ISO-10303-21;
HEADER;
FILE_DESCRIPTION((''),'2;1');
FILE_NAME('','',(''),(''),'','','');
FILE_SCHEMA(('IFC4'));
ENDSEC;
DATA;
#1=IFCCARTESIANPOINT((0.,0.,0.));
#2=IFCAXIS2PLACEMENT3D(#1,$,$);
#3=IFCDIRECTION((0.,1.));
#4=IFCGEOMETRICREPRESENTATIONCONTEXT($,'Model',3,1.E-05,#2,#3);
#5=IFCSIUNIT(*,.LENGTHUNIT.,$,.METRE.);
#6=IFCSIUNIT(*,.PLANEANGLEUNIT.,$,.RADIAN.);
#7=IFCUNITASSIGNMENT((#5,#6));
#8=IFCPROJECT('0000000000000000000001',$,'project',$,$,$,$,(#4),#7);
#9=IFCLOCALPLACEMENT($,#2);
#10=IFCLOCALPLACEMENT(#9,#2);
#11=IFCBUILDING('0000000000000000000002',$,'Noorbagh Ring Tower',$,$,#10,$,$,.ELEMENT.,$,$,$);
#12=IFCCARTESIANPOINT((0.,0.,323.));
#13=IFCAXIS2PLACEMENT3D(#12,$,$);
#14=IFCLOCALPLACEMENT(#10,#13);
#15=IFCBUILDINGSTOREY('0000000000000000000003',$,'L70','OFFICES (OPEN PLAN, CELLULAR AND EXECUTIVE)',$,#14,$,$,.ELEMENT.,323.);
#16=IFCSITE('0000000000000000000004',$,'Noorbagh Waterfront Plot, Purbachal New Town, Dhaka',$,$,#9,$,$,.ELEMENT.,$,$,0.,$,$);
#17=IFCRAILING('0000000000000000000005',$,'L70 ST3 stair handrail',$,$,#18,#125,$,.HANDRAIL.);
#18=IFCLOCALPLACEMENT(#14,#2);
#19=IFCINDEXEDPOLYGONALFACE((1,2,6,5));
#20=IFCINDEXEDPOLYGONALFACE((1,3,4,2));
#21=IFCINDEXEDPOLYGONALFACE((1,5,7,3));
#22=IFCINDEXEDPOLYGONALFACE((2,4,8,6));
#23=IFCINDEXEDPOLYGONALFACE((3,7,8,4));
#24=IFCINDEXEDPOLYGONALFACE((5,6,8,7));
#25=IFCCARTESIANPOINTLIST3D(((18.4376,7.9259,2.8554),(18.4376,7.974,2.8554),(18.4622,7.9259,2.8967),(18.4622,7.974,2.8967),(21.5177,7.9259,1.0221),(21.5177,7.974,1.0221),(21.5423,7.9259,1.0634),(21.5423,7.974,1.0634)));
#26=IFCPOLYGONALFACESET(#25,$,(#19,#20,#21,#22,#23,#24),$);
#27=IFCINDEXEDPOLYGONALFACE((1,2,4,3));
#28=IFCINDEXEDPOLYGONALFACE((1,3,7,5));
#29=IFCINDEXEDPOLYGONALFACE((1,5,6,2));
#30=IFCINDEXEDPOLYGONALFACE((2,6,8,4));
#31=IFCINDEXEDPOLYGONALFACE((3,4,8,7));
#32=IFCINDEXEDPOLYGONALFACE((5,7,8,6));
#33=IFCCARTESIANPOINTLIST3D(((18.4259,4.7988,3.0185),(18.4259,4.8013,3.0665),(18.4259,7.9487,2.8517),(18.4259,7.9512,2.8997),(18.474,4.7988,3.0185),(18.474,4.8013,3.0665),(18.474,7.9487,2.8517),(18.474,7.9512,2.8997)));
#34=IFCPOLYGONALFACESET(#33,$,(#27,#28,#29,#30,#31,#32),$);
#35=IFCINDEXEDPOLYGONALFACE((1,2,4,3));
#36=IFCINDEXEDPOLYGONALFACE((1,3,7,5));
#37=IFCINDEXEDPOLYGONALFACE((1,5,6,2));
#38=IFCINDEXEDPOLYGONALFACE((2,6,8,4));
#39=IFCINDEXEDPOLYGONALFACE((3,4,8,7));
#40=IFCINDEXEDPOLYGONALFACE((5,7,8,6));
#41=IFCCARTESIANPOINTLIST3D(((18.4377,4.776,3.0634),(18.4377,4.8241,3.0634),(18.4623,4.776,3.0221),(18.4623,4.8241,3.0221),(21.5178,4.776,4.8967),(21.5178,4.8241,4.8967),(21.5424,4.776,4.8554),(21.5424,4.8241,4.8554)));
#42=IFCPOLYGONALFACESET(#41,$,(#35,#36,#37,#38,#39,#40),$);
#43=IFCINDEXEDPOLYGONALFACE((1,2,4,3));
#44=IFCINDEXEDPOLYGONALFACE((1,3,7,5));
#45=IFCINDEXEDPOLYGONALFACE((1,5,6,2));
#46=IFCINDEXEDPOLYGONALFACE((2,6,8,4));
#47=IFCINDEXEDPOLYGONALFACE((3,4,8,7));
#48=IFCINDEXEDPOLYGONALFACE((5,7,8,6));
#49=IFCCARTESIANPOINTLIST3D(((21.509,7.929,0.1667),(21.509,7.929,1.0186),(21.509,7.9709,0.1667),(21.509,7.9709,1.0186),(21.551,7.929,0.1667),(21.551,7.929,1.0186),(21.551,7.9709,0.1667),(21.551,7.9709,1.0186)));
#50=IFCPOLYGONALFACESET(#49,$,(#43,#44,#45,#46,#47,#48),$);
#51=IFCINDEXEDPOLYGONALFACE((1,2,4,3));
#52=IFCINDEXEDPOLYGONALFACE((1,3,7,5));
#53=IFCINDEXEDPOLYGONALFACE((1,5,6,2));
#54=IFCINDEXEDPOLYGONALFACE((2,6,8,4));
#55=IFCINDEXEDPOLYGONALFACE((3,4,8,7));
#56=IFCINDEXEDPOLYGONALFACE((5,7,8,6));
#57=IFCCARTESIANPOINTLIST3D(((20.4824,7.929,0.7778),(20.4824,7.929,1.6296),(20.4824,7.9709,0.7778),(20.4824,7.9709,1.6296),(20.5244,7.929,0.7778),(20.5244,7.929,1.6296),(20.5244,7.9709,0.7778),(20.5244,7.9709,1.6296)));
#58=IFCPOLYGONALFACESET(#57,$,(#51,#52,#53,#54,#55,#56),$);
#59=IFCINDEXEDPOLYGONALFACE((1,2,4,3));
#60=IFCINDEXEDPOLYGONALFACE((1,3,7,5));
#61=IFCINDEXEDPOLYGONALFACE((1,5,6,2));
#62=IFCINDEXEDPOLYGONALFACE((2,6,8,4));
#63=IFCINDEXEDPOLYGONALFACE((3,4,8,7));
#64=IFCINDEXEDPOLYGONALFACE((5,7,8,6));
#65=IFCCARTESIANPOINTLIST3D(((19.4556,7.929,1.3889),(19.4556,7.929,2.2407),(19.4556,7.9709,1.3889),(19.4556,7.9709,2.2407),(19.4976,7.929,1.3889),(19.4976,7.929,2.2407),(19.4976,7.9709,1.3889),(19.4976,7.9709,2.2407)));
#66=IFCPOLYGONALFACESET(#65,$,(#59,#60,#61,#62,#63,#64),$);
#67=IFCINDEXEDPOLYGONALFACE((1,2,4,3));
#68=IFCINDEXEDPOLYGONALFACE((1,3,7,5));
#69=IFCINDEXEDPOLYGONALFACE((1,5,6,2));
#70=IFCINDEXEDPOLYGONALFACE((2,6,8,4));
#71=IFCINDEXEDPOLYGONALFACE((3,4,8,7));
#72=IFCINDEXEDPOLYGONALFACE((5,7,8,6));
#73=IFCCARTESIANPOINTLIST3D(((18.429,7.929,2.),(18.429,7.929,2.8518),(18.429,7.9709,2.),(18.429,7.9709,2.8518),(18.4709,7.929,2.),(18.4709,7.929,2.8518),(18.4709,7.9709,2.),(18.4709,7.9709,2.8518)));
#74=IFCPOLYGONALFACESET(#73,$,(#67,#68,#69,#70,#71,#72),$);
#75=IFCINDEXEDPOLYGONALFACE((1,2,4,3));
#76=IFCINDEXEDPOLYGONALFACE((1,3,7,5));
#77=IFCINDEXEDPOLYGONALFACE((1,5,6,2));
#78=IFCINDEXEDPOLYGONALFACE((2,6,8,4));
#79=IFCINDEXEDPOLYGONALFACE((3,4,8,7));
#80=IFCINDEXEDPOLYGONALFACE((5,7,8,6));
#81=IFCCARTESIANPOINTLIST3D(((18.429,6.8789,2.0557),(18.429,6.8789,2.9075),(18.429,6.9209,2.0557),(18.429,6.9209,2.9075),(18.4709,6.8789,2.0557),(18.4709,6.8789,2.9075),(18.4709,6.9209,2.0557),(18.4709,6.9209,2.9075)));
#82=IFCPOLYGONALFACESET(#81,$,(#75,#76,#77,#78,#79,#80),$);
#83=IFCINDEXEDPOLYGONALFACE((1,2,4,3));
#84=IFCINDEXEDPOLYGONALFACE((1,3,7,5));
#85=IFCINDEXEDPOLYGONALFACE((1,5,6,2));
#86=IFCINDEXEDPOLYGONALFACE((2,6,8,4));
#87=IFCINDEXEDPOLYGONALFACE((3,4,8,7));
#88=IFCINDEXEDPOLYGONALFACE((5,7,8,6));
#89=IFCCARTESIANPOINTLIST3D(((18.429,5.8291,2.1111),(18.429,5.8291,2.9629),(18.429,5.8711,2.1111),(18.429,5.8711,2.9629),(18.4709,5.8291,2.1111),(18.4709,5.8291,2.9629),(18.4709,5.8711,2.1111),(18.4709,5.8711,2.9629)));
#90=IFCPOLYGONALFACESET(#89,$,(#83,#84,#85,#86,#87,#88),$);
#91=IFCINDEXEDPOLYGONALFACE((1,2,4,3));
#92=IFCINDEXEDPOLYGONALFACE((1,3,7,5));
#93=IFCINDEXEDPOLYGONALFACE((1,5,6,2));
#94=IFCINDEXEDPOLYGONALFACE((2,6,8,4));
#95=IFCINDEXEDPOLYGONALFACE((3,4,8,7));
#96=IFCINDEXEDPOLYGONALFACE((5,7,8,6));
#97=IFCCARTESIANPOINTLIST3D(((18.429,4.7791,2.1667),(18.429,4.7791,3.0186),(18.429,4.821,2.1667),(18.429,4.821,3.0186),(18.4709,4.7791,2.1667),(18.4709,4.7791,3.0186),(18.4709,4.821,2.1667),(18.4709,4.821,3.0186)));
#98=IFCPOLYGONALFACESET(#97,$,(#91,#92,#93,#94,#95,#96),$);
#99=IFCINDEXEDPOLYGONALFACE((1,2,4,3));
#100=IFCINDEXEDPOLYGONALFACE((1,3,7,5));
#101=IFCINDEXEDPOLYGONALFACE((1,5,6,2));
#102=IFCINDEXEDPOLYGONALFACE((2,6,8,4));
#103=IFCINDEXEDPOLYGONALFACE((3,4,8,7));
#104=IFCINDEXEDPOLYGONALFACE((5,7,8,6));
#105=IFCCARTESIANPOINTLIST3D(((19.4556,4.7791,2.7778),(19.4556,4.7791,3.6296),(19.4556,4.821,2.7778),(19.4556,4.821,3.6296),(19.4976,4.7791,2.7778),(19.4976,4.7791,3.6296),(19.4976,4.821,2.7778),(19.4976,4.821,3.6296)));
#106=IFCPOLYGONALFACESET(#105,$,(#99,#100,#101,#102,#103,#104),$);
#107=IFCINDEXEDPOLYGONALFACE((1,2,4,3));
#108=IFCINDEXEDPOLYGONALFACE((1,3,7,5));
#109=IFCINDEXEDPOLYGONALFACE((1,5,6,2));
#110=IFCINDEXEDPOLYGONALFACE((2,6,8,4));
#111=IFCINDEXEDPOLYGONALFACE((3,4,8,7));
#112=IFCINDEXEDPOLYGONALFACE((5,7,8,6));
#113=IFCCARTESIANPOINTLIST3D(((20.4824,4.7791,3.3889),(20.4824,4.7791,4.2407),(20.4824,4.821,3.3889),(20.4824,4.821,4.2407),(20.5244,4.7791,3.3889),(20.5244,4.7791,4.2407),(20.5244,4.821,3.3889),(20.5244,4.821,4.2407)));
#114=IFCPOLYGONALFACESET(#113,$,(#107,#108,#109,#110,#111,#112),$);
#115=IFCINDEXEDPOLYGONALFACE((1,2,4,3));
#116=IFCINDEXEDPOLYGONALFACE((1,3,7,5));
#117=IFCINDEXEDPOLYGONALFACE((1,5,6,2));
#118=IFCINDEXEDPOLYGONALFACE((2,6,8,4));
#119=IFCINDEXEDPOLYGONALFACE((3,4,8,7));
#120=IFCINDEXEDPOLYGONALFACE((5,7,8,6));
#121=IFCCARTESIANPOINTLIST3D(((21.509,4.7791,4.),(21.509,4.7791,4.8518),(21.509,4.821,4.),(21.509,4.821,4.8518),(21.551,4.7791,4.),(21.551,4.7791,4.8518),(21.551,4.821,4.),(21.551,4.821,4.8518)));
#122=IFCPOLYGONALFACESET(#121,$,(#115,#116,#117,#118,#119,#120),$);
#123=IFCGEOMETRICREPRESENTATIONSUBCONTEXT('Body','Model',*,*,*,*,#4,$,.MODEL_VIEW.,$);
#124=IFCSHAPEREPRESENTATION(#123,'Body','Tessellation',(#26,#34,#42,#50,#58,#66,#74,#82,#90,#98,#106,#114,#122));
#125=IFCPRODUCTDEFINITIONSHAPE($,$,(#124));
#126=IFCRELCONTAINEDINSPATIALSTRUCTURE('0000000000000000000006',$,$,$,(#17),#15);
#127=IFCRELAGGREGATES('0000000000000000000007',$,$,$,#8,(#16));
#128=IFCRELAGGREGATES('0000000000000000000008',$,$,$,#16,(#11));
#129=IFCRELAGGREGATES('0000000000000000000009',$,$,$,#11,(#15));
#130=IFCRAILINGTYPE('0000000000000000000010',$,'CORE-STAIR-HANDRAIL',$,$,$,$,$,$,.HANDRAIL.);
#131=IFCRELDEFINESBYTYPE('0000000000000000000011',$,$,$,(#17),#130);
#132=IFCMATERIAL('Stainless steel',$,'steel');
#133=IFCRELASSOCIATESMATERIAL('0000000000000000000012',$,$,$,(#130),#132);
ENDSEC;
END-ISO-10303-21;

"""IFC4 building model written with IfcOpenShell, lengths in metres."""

from ifc_helpers import new_model, si_unit, direction, frame, origin, origin_2d, place, context, subcontext, project, spatial, rectangle, extrude, material, type_object, element, save


model = new_model("IFC4")

# Units and contexts
model_context = context("Model", 3, precision=1e-05, world=origin(), true_north=direction((0.0, 1.0)))
body_context = subcontext(model_context, "Body", "Model", "MODEL_VIEW")
ifc_project = project(units=[si_unit("LENGTHUNIT", "METRE"), si_unit("PLANEANGLEUNIT", "RADIAN")], contexts=[model_context])

# Site, building, storey
site_placement = place(None, origin())
site = spatial("IfcSite", under=ifc_project, at=site_placement, Name="Noorbagh Waterfront Plot, Purbachal New Town, Dhaka", CompositionType="ELEMENT", RefElevation=0.0)
building_placement = place(site_placement, origin())
building = spatial("IfcBuilding", under=site, at=building_placement, Name="Noorbagh Ring Tower", CompositionType="ELEMENT")
storey_placement = place(building_placement, frame((0.0, 0.0, 323.0)))
storey = spatial("IfcBuildingStorey", under=building, at=storey_placement, Name="L70", Description="OFFICES (OPEN PLAN, CELLULAR AND EXECUTIVE)", CompositionType="ELEMENT", Elevation=323.0)

# Railing
ifc_material_1 = material(Name="Stainless steel", Category="steel")
railing_type_1 = type_object("IfcRailingType", Name="CORE-STAIR-HANDRAIL", PredefinedType="HANDRAIL", material=ifc_material_1)
railing_1_placement = place(storey_placement, frame((21.53, 7.95, 0.1667)))
element("IfcRailing", 1, at=railing_1_placement, inside=storey, type_object=railing_type_1, Name="L70 ST3 stair handrail", PredefinedType="HANDRAIL", context=body_context, shape_type="SweptSolid", body=[
    extrude(rectangle(XDim=0.0481, YDim=0.0481, at=origin_2d()), frame((0.0, 0.0, 0.876), z_axis=(-0.859309, 0.0, 0.511458), x_axis=(0.0, -1.0, 0.0)), (0.0, 0.0, 1.0), 3.5845),
    extrude(rectangle(XDim=0.0481, YDim=0.0481, at=origin_2d()), frame((-3.0801, 0.0, 2.709), z_axis=(0.0, -0.998602, 0.052864), x_axis=(1.0, 0.0, 0.0)), (0.0, 0.0, 1.0), 3.1543),
    extrude(rectangle(XDim=0.0481, YDim=0.0481, at=origin_2d()), frame((-3.0801, -3.1499, 2.876), z_axis=(0.859309, 0.0, 0.511458), x_axis=(0.0, 1.0, 0.0)), (0.0, 0.0, 1.0), 3.5845),
    extrude(rectangle(XDim=0.042, YDim=0.042, at=origin_2d()), origin(), (0.0, 0.0, 1.0), 0.8518),
    extrude(rectangle(XDim=0.042, YDim=0.042, at=origin_2d()), frame((-1.0266, 0.0, 0.6111)), (0.0, 0.0, 1.0), 0.8518),
    extrude(rectangle(XDim=0.042, YDim=0.042, at=origin_2d()), frame((-2.0535, 0.0, 1.2222)), (0.0, 0.0, 1.0), 0.8518),
    extrude(rectangle(XDim=0.042, YDim=0.042, at=origin_2d()), frame((-3.0801, 0.0, 1.8333)), (0.0, 0.0, 1.0), 0.8518),
    extrude(rectangle(XDim=0.042, YDim=0.042, at=origin_2d()), frame((-3.0801, -1.05, 1.8889)), (0.0, 0.0, 1.0), 0.8518),
    extrude(rectangle(XDim=0.042, YDim=0.042, at=origin_2d()), frame((-3.0801, -2.0999, 1.9443)), (0.0, 0.0, 1.0), 0.8518),
    extrude(rectangle(XDim=0.042, YDim=0.042, at=origin_2d()), frame((-3.0801, -3.1499, 2.0)), (0.0, 0.0, 1.0), 0.8518),
    extrude(rectangle(XDim=0.042, YDim=0.042, at=origin_2d()), frame((-2.0535, -3.1499, 2.6111)), (0.0, 0.0, 1.0), 0.8518),
    extrude(rectangle(XDim=0.042, YDim=0.042, at=origin_2d()), frame((-1.0266, -3.1499, 3.2222)), (0.0, 0.0, 1.0), 0.8518),
    extrude(rectangle(XDim=0.042, YDim=0.042, at=origin_2d()), frame((0.0, -3.1499, 3.8333)), (0.0, 0.0, 1.0), 0.8518),
])

save(model, "model.ifc")
